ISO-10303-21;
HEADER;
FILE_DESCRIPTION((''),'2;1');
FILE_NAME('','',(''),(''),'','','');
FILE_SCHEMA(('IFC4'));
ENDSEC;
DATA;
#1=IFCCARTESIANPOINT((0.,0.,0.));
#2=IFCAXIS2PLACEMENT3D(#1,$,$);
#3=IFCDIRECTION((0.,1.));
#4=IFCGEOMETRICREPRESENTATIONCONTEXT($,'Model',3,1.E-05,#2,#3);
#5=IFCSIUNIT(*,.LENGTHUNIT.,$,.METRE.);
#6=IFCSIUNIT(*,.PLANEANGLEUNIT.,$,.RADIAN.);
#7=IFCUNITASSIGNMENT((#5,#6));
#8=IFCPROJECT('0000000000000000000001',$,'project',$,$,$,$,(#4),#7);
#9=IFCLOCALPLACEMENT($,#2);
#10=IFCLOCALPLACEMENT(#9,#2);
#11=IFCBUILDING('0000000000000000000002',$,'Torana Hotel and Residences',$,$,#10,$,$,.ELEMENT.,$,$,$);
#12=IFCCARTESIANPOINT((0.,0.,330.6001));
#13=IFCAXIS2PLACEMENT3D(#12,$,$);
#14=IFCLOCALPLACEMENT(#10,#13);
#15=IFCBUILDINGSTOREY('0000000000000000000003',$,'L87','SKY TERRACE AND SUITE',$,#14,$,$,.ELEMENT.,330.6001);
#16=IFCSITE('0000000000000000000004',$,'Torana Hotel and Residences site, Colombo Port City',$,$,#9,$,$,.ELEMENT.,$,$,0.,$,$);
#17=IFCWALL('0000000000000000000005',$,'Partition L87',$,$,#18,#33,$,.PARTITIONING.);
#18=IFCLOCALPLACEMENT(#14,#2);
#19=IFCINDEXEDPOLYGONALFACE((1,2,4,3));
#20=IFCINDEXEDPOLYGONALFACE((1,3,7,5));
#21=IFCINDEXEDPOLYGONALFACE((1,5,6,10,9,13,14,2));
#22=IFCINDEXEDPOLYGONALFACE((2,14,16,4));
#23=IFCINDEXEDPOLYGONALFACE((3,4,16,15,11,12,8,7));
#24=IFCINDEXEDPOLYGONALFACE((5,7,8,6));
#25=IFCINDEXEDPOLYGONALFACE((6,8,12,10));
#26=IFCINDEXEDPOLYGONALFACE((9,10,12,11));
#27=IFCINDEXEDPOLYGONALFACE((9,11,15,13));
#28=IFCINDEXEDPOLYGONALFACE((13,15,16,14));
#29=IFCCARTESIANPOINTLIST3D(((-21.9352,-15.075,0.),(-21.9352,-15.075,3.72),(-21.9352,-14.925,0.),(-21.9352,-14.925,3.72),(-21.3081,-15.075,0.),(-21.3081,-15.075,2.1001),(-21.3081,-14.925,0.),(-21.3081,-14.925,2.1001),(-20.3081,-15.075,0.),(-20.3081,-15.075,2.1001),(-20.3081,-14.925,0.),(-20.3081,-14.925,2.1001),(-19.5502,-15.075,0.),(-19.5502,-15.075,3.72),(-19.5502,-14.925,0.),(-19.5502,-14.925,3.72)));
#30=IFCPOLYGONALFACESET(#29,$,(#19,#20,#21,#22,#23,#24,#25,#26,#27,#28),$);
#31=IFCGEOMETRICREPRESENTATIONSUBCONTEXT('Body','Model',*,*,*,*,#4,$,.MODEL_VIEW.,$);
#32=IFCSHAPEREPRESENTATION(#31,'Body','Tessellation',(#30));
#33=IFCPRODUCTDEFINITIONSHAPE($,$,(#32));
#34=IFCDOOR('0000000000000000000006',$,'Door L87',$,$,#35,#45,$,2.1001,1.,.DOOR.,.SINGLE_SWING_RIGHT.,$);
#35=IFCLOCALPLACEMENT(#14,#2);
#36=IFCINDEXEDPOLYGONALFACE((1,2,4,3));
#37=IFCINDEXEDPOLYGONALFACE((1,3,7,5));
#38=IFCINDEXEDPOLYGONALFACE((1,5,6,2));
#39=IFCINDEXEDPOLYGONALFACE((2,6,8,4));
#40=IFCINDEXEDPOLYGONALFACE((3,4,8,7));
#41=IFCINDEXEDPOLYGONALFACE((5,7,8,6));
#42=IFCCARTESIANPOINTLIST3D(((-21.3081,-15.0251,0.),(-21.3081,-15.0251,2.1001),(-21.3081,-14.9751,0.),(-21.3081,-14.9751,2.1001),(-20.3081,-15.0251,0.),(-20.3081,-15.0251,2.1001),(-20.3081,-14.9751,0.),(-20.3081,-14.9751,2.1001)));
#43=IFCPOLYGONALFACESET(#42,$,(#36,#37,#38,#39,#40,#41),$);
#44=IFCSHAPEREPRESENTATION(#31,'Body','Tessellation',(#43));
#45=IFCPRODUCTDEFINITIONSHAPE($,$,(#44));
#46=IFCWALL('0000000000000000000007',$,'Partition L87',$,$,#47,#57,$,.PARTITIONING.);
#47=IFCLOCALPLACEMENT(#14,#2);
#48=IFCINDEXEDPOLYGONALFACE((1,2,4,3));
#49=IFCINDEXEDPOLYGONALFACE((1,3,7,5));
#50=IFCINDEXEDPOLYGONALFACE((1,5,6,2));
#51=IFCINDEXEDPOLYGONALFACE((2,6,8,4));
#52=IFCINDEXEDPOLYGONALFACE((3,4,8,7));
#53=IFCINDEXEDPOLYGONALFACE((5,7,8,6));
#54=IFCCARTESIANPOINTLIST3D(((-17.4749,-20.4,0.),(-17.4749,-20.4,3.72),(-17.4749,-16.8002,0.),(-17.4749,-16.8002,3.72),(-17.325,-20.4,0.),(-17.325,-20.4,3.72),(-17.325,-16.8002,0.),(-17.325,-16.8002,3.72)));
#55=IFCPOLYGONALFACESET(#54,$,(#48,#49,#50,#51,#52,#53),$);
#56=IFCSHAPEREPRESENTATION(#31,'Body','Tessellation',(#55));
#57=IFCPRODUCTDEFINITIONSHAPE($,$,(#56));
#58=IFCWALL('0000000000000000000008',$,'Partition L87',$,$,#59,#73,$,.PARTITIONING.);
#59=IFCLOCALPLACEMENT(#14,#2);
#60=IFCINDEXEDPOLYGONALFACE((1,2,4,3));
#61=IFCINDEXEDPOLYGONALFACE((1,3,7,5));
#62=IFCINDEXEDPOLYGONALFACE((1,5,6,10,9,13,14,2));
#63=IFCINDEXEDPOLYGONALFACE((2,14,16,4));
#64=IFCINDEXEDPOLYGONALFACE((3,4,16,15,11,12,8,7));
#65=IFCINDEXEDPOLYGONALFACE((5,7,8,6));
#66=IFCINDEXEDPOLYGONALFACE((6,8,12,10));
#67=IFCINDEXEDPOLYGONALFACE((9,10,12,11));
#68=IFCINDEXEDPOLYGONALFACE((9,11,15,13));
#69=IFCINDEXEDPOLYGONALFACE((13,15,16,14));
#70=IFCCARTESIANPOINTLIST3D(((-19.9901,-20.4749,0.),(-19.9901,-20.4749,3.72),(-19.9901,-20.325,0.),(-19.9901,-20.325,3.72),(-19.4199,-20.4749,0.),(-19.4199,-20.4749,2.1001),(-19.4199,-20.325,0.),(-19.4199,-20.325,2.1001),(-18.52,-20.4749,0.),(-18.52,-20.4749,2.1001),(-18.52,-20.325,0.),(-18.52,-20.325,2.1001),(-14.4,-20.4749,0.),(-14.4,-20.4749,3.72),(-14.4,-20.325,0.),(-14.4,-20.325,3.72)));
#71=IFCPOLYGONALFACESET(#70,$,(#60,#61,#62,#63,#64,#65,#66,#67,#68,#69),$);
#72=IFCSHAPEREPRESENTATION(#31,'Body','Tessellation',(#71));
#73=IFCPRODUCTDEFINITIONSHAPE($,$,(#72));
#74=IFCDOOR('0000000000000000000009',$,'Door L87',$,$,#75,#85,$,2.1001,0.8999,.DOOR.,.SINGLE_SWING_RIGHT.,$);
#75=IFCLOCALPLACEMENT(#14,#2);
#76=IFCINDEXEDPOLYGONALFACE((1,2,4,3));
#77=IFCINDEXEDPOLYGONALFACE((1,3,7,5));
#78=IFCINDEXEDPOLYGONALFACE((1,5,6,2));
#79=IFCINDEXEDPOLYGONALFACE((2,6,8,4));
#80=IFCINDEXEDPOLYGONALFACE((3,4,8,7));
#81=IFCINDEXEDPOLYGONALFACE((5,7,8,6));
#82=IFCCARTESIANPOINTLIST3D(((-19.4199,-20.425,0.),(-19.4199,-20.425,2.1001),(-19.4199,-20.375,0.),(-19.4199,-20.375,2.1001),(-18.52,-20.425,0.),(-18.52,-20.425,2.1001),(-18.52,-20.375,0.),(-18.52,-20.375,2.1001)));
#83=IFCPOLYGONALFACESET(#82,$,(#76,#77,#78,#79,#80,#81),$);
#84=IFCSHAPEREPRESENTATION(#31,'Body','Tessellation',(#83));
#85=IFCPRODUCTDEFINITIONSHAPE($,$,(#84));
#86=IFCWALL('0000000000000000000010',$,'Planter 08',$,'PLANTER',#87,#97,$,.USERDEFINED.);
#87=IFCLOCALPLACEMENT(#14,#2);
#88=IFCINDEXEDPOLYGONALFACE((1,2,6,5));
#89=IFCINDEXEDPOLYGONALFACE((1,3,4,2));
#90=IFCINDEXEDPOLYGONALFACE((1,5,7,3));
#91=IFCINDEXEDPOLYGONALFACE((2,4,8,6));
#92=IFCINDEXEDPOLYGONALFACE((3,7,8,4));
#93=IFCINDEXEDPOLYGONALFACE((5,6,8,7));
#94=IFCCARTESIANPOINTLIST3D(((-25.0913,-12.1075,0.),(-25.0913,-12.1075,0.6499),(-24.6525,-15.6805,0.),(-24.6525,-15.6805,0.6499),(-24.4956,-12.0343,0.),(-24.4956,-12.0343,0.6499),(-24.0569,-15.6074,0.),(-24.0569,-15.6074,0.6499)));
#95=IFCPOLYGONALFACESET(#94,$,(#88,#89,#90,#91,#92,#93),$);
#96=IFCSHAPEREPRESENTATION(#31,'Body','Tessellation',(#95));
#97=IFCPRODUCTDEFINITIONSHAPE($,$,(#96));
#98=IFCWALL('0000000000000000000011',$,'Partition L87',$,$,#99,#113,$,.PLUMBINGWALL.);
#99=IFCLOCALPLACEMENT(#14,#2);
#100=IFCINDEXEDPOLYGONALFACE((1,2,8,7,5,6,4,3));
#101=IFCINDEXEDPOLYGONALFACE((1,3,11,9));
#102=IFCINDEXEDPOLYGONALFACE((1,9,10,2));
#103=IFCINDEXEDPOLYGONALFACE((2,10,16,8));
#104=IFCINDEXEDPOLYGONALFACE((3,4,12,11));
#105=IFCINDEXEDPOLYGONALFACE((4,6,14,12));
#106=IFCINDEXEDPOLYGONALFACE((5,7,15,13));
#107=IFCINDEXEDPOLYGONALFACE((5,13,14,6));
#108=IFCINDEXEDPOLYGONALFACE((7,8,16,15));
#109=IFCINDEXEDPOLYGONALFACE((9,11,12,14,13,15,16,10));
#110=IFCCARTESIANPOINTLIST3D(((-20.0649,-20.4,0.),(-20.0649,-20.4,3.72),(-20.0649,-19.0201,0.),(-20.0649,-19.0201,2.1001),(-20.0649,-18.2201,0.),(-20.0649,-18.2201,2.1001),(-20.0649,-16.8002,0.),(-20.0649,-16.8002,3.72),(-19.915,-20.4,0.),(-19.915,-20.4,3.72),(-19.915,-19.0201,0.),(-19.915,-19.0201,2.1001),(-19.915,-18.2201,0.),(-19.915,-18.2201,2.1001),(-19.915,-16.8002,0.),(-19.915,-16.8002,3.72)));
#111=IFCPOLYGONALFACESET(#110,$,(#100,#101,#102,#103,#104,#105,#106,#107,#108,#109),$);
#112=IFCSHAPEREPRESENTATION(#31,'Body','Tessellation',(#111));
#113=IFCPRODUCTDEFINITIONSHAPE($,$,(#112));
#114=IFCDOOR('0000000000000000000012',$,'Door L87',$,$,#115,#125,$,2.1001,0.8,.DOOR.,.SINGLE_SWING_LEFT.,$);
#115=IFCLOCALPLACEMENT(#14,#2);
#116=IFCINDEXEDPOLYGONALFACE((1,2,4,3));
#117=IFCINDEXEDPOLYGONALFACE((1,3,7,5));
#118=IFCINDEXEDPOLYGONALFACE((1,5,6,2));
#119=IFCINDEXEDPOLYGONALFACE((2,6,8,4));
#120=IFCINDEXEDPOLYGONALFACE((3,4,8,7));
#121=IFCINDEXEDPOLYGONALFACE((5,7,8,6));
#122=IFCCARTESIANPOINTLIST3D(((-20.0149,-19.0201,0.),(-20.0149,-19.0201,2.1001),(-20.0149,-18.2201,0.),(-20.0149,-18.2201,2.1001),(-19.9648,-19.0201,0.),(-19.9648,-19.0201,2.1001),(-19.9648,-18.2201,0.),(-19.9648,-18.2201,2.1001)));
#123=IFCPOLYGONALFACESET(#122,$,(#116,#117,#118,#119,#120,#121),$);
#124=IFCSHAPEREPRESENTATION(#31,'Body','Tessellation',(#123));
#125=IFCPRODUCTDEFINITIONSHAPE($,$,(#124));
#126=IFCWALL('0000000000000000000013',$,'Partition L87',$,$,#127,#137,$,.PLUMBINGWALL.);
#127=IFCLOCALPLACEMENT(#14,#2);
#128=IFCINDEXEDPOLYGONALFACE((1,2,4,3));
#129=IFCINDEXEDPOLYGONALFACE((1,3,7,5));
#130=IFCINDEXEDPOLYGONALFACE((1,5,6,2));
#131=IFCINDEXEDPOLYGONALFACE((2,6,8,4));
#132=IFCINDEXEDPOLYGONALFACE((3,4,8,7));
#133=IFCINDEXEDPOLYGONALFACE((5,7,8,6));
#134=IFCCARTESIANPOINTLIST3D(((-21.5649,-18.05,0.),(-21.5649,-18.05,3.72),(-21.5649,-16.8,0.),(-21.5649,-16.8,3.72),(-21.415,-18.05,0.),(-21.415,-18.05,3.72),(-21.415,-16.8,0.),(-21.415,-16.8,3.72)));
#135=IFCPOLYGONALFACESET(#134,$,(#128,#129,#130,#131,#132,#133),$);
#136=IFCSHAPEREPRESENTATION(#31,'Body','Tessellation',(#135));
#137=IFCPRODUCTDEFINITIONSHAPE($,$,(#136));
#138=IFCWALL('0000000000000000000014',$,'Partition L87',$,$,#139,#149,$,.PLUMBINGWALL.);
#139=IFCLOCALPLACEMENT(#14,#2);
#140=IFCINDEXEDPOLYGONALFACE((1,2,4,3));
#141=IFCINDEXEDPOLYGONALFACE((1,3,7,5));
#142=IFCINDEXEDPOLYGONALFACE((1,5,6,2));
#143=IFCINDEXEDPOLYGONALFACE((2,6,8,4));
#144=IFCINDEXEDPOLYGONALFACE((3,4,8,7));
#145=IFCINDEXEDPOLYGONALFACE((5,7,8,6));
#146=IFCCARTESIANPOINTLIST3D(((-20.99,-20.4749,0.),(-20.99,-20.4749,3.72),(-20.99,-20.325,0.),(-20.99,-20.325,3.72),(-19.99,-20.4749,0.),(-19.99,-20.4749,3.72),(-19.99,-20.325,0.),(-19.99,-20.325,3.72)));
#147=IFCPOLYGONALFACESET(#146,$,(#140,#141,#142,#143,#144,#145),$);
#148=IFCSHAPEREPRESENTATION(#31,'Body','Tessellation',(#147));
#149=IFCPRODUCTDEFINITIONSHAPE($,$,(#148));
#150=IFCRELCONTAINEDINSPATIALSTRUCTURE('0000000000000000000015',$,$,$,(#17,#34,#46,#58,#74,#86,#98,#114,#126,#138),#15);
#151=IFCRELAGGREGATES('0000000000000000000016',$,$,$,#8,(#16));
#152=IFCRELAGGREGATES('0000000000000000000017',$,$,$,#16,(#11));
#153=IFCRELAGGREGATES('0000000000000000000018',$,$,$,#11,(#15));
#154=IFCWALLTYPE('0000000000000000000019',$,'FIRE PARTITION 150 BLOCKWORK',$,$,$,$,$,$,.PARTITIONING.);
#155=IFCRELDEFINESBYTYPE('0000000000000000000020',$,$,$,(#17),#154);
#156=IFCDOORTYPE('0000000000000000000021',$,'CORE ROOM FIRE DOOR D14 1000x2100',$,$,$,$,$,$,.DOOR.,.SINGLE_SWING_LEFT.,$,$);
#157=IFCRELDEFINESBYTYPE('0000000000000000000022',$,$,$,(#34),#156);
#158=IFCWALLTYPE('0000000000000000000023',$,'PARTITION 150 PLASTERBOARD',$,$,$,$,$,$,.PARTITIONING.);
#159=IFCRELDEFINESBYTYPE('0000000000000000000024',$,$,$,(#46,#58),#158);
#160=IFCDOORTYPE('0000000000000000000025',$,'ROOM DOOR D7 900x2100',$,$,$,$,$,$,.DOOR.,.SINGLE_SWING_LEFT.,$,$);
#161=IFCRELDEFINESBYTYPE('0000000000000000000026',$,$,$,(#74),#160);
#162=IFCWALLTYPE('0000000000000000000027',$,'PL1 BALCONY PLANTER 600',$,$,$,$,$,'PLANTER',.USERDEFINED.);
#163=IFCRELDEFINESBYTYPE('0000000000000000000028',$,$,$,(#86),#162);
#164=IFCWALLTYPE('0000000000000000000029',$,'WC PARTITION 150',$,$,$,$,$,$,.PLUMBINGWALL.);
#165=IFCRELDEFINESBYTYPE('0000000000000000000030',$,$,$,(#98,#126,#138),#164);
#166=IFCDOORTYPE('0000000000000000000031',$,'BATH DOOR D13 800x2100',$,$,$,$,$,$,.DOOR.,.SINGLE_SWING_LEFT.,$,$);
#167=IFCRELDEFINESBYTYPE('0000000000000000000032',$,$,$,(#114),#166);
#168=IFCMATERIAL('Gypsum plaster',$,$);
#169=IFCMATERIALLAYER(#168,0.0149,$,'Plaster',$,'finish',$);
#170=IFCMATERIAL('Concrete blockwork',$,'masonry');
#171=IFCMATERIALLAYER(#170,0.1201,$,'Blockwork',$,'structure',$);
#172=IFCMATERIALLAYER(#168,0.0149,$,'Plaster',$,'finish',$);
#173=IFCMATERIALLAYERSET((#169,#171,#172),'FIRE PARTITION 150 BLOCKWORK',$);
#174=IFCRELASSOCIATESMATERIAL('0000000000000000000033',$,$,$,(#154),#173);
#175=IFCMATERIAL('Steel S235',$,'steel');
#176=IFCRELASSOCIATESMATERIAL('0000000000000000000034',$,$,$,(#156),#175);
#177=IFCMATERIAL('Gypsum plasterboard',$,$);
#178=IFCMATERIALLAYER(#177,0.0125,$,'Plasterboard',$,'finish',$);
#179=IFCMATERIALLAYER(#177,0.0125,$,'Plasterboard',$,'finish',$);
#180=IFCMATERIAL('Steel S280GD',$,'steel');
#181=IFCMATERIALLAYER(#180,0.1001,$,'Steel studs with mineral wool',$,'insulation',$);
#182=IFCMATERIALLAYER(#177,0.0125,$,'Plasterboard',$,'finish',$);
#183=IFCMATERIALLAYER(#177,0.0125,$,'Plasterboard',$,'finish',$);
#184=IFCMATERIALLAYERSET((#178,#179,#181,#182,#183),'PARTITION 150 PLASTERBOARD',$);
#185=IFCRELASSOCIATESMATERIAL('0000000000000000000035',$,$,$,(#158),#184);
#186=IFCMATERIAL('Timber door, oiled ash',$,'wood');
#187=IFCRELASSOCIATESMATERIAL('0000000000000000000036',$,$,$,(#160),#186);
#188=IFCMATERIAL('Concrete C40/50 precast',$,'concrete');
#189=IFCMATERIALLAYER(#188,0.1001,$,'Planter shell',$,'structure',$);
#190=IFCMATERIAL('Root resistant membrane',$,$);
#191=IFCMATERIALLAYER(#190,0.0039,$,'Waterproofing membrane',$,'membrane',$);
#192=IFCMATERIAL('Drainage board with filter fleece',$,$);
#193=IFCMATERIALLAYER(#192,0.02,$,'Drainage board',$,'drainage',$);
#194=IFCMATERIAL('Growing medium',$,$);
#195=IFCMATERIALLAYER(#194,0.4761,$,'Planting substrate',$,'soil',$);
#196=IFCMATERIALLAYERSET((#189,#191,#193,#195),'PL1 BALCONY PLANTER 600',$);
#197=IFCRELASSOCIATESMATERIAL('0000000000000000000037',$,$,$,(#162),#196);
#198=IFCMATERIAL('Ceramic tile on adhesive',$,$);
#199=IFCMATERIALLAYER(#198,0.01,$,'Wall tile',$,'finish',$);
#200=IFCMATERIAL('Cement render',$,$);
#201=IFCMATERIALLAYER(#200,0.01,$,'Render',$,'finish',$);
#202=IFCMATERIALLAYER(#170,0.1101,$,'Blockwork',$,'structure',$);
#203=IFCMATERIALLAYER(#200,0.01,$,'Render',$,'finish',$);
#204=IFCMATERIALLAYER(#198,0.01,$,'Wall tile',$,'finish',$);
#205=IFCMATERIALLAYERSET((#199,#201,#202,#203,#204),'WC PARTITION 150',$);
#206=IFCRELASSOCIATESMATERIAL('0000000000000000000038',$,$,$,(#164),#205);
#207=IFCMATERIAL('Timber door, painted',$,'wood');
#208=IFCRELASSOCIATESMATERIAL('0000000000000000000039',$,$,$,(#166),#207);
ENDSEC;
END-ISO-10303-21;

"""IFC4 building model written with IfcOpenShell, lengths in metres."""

from ifc_helpers import new_model, si_unit, direction, frame, frame_2d, origin, place, context, subcontext, project, spatial, rectangle, extrude, material, layer, layer_set, type_object, element, fill, save


model = new_model("IFC4")

# Units and contexts
model_context = context("Model", 3, precision=1e-05, world=origin(), true_north=direction((0.0, 1.0)))
body_context = subcontext(model_context, "Body", "Model", "MODEL_VIEW")
ifc_project = project(units=[si_unit("LENGTHUNIT", "METRE"), si_unit("PLANEANGLEUNIT", "RADIAN")], contexts=[model_context])

# Site, building, storey
site_placement = place(None, origin())
site = spatial("IfcSite", under=ifc_project, at=site_placement, Name="Torana Hotel and Residences site, Colombo Port City", CompositionType="ELEMENT", RefElevation=0.0)
building_placement = place(site_placement, origin())
building = spatial("IfcBuilding", under=site, at=building_placement, Name="Torana Hotel and Residences", CompositionType="ELEMENT")
storey_placement = place(building_placement, frame((0.0, 0.0, 330.6001)))
storey = spatial("IfcBuildingStorey", under=building, at=storey_placement, Name="L87", Description="SKY TERRACE AND SUITE", CompositionType="ELEMENT", Elevation=330.6001)

# Shared definitions
ifc_material_1 = material(Name="Gypsum plaster")
ifc_layer_1 = layer(ifc_material_1, 0.0149, Name="Plaster", Category="finish")
ifc_material_2 = material(Name="Concrete blockwork", Category="masonry")
ifc_layer_2 = layer(ifc_material_2, 0.1201, Name="Blockwork", Category="structure")
ifc_layer_3 = layer(ifc_material_1, 0.0149, Name="Plaster", Category="finish")
ifc_layer_set_1 = layer_set([ifc_layer_1, ifc_layer_2, ifc_layer_3], Name="FIRE PARTITION 150 BLOCKWORK")
wall_type_1 = type_object("IfcWallType", Name="FIRE PARTITION 150 BLOCKWORK", PredefinedType="PARTITIONING", material=ifc_layer_set_1)

# Wall, opening, door
wall_1_placement = place(storey_placement, frame((-21.9351, -15.0, 0.0), z_axis=(0.0, 0.0, 1.0), x_axis=(1.0, 0.0, 0.0)))
wall_1 = element("IfcWall", 1, at=wall_1_placement, inside=storey, type_object=wall_type_1, Name="Partition L87", PredefinedType="PARTITIONING", context=body_context, shape_type="SweptSolid", body=[
    extrude(rectangle(XDim=2.385, YDim=0.1499, at=frame_2d((1.1924, 0.0))), origin(), (0.0, 0.0, 1.0), 3.72),
])
opening_1_placement = place(wall_1_placement, frame((0.627, 0.0, 0.0)))
opening_1 = element("IfcOpeningElement", 2, at=opening_1_placement, cuts=wall_1, PredefinedType="OPENING", context=body_context, shape_type="SweptSolid", body=[
    extrude(rectangle(XDim=1.0, YDim=2.1001, at=frame_2d((0.5, 1.05))), frame((0.0, 0.085, 0.0), z_axis=(0.0, -1.0, 0.0), x_axis=(1.0, 0.0, 0.0)), (0.0, 0.0, 1.0), 0.1699),
])
ifc_material_3 = material(Name="Steel S235", Category="steel")
door_type_1 = type_object("IfcDoorType", Name="CORE ROOM FIRE DOOR D14 1000x2100", OperationType="SINGLE_SWING_LEFT", PredefinedType="DOOR", material=ifc_material_3)
door_1_placement = place(opening_1_placement, origin())
door_1 = element("IfcDoor", 3, at=door_1_placement, inside=storey, type_object=door_type_1, Name="Door L87", OperationType="SINGLE_SWING_RIGHT", OverallHeight=2.1001, OverallWidth=1.0, PredefinedType="DOOR", context=body_context, shape_type="SweptSolid", body=[
    extrude(rectangle(XDim=1.0, YDim=2.1001, at=frame_2d((0.5, 1.05))), frame((0.0, 0.0249, 0.0), z_axis=(0.0, -1.0, 0.0), x_axis=(1.0, 0.0, 0.0)), (0.0, 0.0, 1.0), 0.05),
])
fill(opening_1, door_1)

# Wall
ifc_material_4 = material(Name="Gypsum plasterboard")
ifc_layer_4 = layer(ifc_material_4, 0.0125, Name="Plasterboard", Category="finish")
ifc_layer_5 = layer(ifc_material_4, 0.0125, Name="Plasterboard", Category="finish")
ifc_material_5 = material(Name="Steel S280GD", Category="steel")
ifc_layer_6 = layer(ifc_material_5, 0.1001, Name="Steel studs with mineral wool", Category="insulation")
ifc_layer_7 = layer(ifc_material_4, 0.0125, Name="Plasterboard", Category="finish")
ifc_layer_8 = layer(ifc_material_4, 0.0125, Name="Plasterboard", Category="finish")
ifc_layer_set_2 = layer_set([ifc_layer_4, ifc_layer_5, ifc_layer_6, ifc_layer_7, ifc_layer_8], Name="PARTITION 150 PLASTERBOARD")
wall_type_2 = type_object("IfcWallType", Name="PARTITION 150 PLASTERBOARD", PredefinedType="PARTITIONING", material=ifc_layer_set_2)
wall_2_placement = place(storey_placement, frame((-17.3999, -20.3999, 0.0), z_axis=(0.0, 0.0, 1.0), x_axis=(0.0, 1.0, 0.0)))
element("IfcWall", 4, at=wall_2_placement, inside=storey, type_object=wall_type_2, Name="Partition L87", PredefinedType="PARTITIONING", context=body_context, shape_type="SweptSolid", body=[
    extrude(rectangle(XDim=3.5999, YDim=0.1499, at=frame_2d((1.7998, 0.0))), origin(), (0.0, 0.0, 1.0), 3.72),
])

# Wall, opening, door
wall_3_placement = place(storey_placement, frame((-19.99, -20.3999, 0.0), z_axis=(0.0, 0.0, 1.0), x_axis=(1.0, 0.0, 0.0)))
wall_3 = element("IfcWall", 5, at=wall_3_placement, inside=storey, type_object=wall_type_2, Name="Partition L87", PredefinedType="PARTITIONING", context=body_context, shape_type="SweptSolid", body=[
    extrude(rectangle(XDim=5.5901, YDim=0.1499, at=frame_2d((2.7949, 0.0))), origin(), (0.0, 0.0, 1.0), 3.72),
])
opening_2_placement = place(wall_3_placement, frame((0.5701, 0.0, 0.0)))
opening_2 = element("IfcOpeningElement", 6, at=opening_2_placement, cuts=wall_3, PredefinedType="OPENING", context=body_context, shape_type="SweptSolid", body=[
    extrude(rectangle(XDim=0.8999, YDim=2.1001, at=frame_2d((0.45, 1.05))), frame((0.0, 0.085, 0.0), z_axis=(0.0, -1.0, 0.0), x_axis=(1.0, 0.0, 0.0)), (0.0, 0.0, 1.0), 0.1699),
])
ifc_material_6 = material(Name="Timber door, oiled ash", Category="wood")
door_type_2 = type_object("IfcDoorType", Name="ROOM DOOR D7 900x2100", OperationType="SINGLE_SWING_LEFT", PredefinedType="DOOR", material=ifc_material_6)
door_2_placement = place(opening_2_placement, origin())
door_2 = element("IfcDoor", 7, at=door_2_placement, inside=storey, type_object=door_type_2, Name="Door L87", OperationType="SINGLE_SWING_RIGHT", OverallHeight=2.1001, OverallWidth=0.8999, PredefinedType="DOOR", context=body_context, shape_type="SweptSolid", body=[
    extrude(rectangle(XDim=0.8999, YDim=2.1001, at=frame_2d((0.45, 1.05))), frame((0.0, 0.0249, 0.0), z_axis=(0.0, -1.0, 0.0), x_axis=(1.0, 0.0, 0.0)), (0.0, 0.0, 1.0), 0.05),
])
fill(opening_2, door_2)

# Wall
ifc_material_7 = material(Name="Concrete C40/50 precast", Category="concrete")
ifc_layer_9 = layer(ifc_material_7, 0.1001, Name="Planter shell", Category="structure")
ifc_material_8 = material(Name="Root resistant membrane")
ifc_layer_10 = layer(ifc_material_8, 0.0039, Name="Waterproofing membrane", Category="membrane")
ifc_material_9 = material(Name="Drainage board with filter fleece")
ifc_layer_11 = layer(ifc_material_9, 0.02, Name="Drainage board", Category="drainage")
ifc_material_10 = material(Name="Growing medium")
ifc_layer_12 = layer(ifc_material_10, 0.4761, Name="Planting substrate", Category="soil")
ifc_layer_set_3 = layer_set([ifc_layer_9, ifc_layer_10, ifc_layer_11, ifc_layer_12], Name="PL1 BALCONY PLANTER 600")
wall_type_3 = type_object("IfcWallType", Name="PL1 BALCONY PLANTER 600", ElementType="PLANTER", PredefinedType="USERDEFINED", material=ifc_layer_set_3)
wall_4_placement = place(storey_placement, frame((-24.3547, -15.6438, 0.0), z_axis=(0.0, 0.0, 1.0), x_axis=(-0.121873, 0.992546, 0.0)))
element("IfcWall", 8, at=wall_4_placement, inside=storey, type_object=wall_type_3, Name="Planter 08", ObjectType="PLANTER", PredefinedType="USERDEFINED", context=body_context, shape_type="SweptSolid", body=[
    extrude(rectangle(XDim=3.5999, YDim=0.6001, at=frame_2d((1.7998, 0.0))), origin(), (0.0, 0.0, 1.0), 0.6499),
])

# Wall, opening, door
ifc_material_11 = material(Name="Ceramic tile on adhesive")
ifc_layer_13 = layer(ifc_material_11, 0.01, Name="Wall tile", Category="finish")
ifc_material_12 = material(Name="Cement render")
ifc_layer_14 = layer(ifc_material_12, 0.01, Name="Render", Category="finish")
ifc_layer_15 = layer(ifc_material_2, 0.1101, Name="Blockwork", Category="structure")
ifc_layer_16 = layer(ifc_material_12, 0.01, Name="Render", Category="finish")
ifc_layer_17 = layer(ifc_material_11, 0.01, Name="Wall tile", Category="finish")
ifc_layer_set_4 = layer_set([ifc_layer_13, ifc_layer_14, ifc_layer_15, ifc_layer_16, ifc_layer_17], Name="WC PARTITION 150")
wall_type_4 = type_object("IfcWallType", Name="WC PARTITION 150", PredefinedType="PLUMBINGWALL", material=ifc_layer_set_4)
wall_5_placement = place(storey_placement, frame((-19.99, -20.3999, 0.0), z_axis=(0.0, 0.0, 1.0), x_axis=(0.0, 1.0, 0.0)))
wall_5 = element("IfcWall", 9, at=wall_5_placement, inside=storey, type_object=wall_type_4, Name="Partition L87", PredefinedType="PLUMBINGWALL", context=body_context, shape_type="SweptSolid", body=[
    extrude(rectangle(XDim=3.5999, YDim=0.1499, at=frame_2d((1.7998, 0.0))), origin(), (0.0, 0.0, 1.0), 3.72),
])
opening_3_placement = place(wall_5_placement, frame((1.3799, 0.0, 0.0)))
opening_3 = element("IfcOpeningElement", 10, at=opening_3_placement, cuts=wall_5, PredefinedType="OPENING", context=body_context, shape_type="SweptSolid", body=[
    extrude(rectangle(XDim=0.8, YDim=2.1001, at=frame_2d((0.3999, 1.05))), frame((0.0, 0.085, 0.0), z_axis=(0.0, -1.0, 0.0), x_axis=(1.0, 0.0, 0.0)), (0.0, 0.0, 1.0), 0.1699),
])
ifc_material_13 = material(Name="Timber door, painted", Category="wood")
door_type_3 = type_object("IfcDoorType", Name="BATH DOOR D13 800x2100", OperationType="SINGLE_SWING_LEFT", PredefinedType="DOOR", material=ifc_material_13)
door_3_placement = place(opening_3_placement, origin())
door_3 = element("IfcDoor", 11, at=door_3_placement, inside=storey, type_object=door_type_3, Name="Door L87", OperationType="SINGLE_SWING_LEFT", OverallHeight=2.1001, OverallWidth=0.8, PredefinedType="DOOR", context=body_context, shape_type="SweptSolid", body=[
    extrude(rectangle(XDim=0.8, YDim=2.1001, at=frame_2d((0.3999, 1.05))), frame((0.0, 0.0249, 0.0), z_axis=(0.0, -1.0, 0.0), x_axis=(1.0, 0.0, 0.0)), (0.0, 0.0, 1.0), 0.05),
])
fill(opening_3, door_3)

# Walls
wall_6_placement = place(storey_placement, frame((-21.49, -18.05, 0.0), z_axis=(0.0, 0.0, 1.0), x_axis=(0.0, 1.0, 0.0)))
element("IfcWall", 12, at=wall_6_placement, inside=storey, type_object=wall_type_4, Name="Partition L87", PredefinedType="PLUMBINGWALL", context=body_context, shape_type="SweptSolid", body=[
    extrude(rectangle(XDim=1.25, YDim=0.1499, at=frame_2d((0.625, 0.0))), origin(), (0.0, 0.0, 1.0), 3.72),
])
wall_7_placement = place(storey_placement, frame((-20.99, -20.3999, 0.0), z_axis=(0.0, 0.0, 1.0), x_axis=(1.0, 0.0, 0.0)))
element("IfcWall", 13, at=wall_7_placement, inside=storey, type_object=wall_type_4, Name="Partition L87", PredefinedType="PLUMBINGWALL", context=body_context, shape_type="SweptSolid", body=[
    extrude(rectangle(XDim=1.0, YDim=0.1499, at=frame_2d((0.5, 0.0))), origin(), (0.0, 0.0, 1.0), 3.72),
])

save(model, "model.ifc")
